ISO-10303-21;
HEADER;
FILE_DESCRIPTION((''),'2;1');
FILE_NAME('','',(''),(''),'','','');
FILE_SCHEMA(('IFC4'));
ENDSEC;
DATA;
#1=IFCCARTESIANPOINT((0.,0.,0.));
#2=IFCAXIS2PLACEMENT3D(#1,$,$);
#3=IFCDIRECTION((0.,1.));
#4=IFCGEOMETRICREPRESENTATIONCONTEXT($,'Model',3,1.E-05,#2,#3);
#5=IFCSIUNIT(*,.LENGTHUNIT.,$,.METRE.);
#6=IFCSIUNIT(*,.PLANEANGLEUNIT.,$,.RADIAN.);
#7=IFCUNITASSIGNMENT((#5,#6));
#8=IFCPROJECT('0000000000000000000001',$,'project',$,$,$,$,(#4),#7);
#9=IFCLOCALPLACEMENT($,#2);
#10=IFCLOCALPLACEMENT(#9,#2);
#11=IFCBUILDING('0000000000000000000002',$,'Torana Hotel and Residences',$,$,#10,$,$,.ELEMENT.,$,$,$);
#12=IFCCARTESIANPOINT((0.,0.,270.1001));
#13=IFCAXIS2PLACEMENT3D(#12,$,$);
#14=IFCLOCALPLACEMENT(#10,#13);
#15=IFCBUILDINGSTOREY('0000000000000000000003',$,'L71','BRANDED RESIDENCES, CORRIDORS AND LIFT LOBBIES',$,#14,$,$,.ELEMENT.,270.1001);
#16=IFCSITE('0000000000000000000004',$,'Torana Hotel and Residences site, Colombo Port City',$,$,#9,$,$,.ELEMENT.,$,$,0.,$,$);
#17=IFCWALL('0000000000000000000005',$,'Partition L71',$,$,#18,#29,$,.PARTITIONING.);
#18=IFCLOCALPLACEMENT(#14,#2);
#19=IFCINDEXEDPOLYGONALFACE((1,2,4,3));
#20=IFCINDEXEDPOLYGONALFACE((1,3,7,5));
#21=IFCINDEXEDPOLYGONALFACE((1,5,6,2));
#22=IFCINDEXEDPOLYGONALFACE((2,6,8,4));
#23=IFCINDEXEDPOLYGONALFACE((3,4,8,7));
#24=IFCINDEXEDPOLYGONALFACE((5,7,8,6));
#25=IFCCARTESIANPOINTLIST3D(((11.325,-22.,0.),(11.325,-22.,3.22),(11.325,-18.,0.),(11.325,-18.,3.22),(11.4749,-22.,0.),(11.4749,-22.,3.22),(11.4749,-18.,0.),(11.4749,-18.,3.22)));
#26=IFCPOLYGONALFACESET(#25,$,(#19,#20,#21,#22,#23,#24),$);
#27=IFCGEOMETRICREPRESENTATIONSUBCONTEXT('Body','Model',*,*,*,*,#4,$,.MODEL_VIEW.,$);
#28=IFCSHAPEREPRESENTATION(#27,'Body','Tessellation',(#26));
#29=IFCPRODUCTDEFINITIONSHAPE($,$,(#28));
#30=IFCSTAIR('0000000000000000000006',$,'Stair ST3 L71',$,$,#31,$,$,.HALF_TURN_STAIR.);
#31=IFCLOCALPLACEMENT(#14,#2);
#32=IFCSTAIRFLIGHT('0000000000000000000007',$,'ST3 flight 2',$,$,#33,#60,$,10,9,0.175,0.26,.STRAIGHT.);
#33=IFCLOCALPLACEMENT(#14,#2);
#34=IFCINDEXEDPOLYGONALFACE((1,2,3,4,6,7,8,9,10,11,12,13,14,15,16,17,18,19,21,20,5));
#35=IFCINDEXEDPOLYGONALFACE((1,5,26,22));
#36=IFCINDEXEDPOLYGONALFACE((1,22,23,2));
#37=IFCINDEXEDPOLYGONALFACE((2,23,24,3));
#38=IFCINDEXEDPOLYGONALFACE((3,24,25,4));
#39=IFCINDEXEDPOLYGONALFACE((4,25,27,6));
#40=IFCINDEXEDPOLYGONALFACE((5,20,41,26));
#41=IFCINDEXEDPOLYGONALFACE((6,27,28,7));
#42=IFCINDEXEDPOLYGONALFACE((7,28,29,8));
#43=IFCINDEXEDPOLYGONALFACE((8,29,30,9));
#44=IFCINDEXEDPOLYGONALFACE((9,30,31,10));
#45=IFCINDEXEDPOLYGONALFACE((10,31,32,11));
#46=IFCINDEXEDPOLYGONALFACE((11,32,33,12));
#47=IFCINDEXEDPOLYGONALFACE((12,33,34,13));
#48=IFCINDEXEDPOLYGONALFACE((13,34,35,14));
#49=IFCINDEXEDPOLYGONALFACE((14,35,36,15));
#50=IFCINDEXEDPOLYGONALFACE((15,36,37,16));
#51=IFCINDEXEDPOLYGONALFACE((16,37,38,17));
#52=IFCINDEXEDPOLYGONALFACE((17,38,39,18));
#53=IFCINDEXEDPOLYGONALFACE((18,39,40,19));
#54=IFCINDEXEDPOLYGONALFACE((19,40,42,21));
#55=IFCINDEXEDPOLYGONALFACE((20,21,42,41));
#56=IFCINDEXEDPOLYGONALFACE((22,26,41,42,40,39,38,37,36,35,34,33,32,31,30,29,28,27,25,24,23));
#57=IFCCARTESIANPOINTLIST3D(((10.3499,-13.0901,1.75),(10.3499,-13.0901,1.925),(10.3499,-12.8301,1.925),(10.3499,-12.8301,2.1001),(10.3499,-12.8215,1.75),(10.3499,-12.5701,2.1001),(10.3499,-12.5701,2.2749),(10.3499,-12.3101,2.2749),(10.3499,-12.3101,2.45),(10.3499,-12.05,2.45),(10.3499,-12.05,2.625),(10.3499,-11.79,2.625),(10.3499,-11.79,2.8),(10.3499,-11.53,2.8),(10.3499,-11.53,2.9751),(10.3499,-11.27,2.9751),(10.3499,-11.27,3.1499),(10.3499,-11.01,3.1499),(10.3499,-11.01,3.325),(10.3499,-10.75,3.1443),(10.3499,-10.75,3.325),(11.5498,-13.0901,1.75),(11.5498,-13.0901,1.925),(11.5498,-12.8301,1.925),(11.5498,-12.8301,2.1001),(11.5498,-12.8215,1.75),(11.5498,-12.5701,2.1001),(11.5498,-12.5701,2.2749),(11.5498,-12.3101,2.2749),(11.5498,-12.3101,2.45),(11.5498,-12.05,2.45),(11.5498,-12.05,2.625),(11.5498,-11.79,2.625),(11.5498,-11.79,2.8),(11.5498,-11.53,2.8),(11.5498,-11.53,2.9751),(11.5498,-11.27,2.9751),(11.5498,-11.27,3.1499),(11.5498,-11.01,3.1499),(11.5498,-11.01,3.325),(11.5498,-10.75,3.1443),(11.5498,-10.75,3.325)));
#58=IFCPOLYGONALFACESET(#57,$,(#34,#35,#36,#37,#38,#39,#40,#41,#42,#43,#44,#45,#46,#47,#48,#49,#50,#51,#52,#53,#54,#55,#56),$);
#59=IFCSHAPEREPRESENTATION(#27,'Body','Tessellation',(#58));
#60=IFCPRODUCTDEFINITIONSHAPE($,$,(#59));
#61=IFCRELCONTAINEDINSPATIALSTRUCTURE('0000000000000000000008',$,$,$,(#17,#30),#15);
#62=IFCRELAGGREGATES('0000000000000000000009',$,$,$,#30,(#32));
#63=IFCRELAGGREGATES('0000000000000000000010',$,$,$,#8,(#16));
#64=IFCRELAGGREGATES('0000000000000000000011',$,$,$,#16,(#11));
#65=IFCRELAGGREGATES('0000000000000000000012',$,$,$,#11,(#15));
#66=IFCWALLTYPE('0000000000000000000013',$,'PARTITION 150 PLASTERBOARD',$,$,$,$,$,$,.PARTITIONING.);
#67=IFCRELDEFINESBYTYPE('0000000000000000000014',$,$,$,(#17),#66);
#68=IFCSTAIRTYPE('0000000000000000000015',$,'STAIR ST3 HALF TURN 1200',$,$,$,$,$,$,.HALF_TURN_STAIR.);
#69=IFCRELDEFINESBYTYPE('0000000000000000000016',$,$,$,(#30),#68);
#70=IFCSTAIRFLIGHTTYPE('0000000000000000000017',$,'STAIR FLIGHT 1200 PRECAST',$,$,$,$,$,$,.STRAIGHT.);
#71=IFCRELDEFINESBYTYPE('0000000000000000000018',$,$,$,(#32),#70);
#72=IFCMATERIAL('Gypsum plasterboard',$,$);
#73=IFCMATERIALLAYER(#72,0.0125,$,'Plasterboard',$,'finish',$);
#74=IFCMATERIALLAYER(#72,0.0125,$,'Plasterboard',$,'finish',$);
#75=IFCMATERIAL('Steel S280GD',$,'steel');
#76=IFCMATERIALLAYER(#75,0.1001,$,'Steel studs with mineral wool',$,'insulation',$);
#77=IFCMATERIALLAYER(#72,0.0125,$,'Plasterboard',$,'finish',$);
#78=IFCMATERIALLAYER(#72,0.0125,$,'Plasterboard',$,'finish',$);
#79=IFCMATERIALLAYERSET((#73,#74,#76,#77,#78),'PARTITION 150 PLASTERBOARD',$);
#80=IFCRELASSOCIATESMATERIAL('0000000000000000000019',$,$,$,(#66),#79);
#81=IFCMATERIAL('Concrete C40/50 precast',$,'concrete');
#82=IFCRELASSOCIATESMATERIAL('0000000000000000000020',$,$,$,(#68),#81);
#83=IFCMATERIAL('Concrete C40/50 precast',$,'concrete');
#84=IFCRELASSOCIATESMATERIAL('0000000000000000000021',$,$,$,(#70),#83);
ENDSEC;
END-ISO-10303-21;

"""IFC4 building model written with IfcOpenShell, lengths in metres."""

from ifc_helpers import new_model, si_unit, direction, frame, frame_2d, origin, place, context, subcontext, project, spatial, polyline, rectangle, outline, extrude, material, layer, layer_set, type_object, element, aggregate, save


model = new_model("IFC4")

# Units and contexts
model_context = context("Model", 3, precision=1e-05, world=origin(), true_north=direction((0.0, 1.0)))
body_context = subcontext(model_context, "Body", "Model", "MODEL_VIEW")
ifc_project = project(units=[si_unit("LENGTHUNIT", "METRE"), si_unit("PLANEANGLEUNIT", "RADIAN")], contexts=[model_context])

# Site, building, storey
site_placement = place(None, origin())
site = spatial("IfcSite", under=ifc_project, at=site_placement, Name="Torana Hotel and Residences site, Colombo Port City", CompositionType="ELEMENT", RefElevation=0.0)
building_placement = place(site_placement, origin())
building = spatial("IfcBuilding", under=site, at=building_placement, Name="Torana Hotel and Residences", CompositionType="ELEMENT")
storey_placement = place(building_placement, frame((0.0, 0.0, 270.1001)))
storey = spatial("IfcBuildingStorey", under=building, at=storey_placement, Name="L71", Description="BRANDED RESIDENCES, CORRIDORS AND LIFT LOBBIES", CompositionType="ELEMENT", Elevation=270.1001)

# Wall
ifc_material_1 = material(Name="Gypsum plasterboard")
ifc_layer_1 = layer(ifc_material_1, 0.0125, Name="Plasterboard", Category="finish")
ifc_layer_2 = layer(ifc_material_1, 0.0125, Name="Plasterboard", Category="finish")
ifc_material_2 = material(Name="Steel S280GD", Category="steel")
ifc_layer_3 = layer(ifc_material_2, 0.1001, Name="Steel studs with mineral wool", Category="insulation")
ifc_layer_4 = layer(ifc_material_1, 0.0125, Name="Plasterboard", Category="finish")
ifc_layer_5 = layer(ifc_material_1, 0.0125, Name="Plasterboard", Category="finish")
ifc_layer_set_1 = layer_set([ifc_layer_1, ifc_layer_2, ifc_layer_3, ifc_layer_4, ifc_layer_5], Name="PARTITION 150 PLASTERBOARD")
wall_type_1 = type_object("IfcWallType", Name="PARTITION 150 PLASTERBOARD", PredefinedType="PARTITIONING", material=ifc_layer_set_1)
wall_1_placement = place(storey_placement, frame((11.3999, -22.0, 0.0), z_axis=(0.0, 0.0, 1.0), x_axis=(0.0, 1.0, 0.0)))
element("IfcWall", 1, at=wall_1_placement, inside=storey, type_object=wall_type_1, Name="Partition L71", PredefinedType="PARTITIONING", context=body_context, shape_type="SweptSolid", body=[
    extrude(rectangle(XDim=4.0, YDim=0.1499, at=frame_2d((2.0, 0.0))), origin(), (0.0, 0.0, 1.0), 3.22),
])

# Stair, stair flight
ifc_material_3 = material(Name="Concrete C40/50 precast", Category="concrete")
stair_type = type_object("IfcStairType", Name="STAIR ST3 HALF TURN 1200", PredefinedType="HALF_TURN_STAIR", material=ifc_material_3)
stair_placement = place(storey_placement, origin())
stair = element("IfcStair", 2, at=stair_placement, inside=storey, type_object=stair_type, Name="Stair ST3 L71", PredefinedType="HALF_TURN_STAIR")
ifc_material_4 = material(Name="Concrete C40/50 precast", Category="concrete")
stair_flight_type = type_object("IfcStairFlightType", Name="STAIR FLIGHT 1200 PRECAST", PredefinedType="STRAIGHT", material=ifc_material_4)
stair_flight_placement = place(storey_placement, frame((10.95, -13.0901, 1.75), z_axis=(0.0, 0.0, 1.0), x_axis=(0.0, 1.0, 0.0)))
stair_flight = element("IfcStairFlight", 3, at=stair_flight_placement, type_object=stair_flight_type, Name="ST3 flight 2", NumberOfRisers=10, NumberOfTreads=9, PredefinedType="STRAIGHT", RiserHeight=0.175, TreadLength=0.26, context=body_context, shape_type="SweptSolid", body=[
    extrude(outline(polyline([(0.0, 0.0), (0.0, 0.175), (0.26, 0.175), (0.26, 0.3501), (0.52, 0.3501), (0.52, 0.5249), (0.78, 0.5249), (0.78, 0.7), (1.04, 0.7), (1.04, 0.875), (1.3, 0.875), (1.3, 1.05), (1.5601, 1.05), (1.5601, 1.2251), (1.8201, 1.2251), (1.8201, 1.3999), (2.0801, 1.3999), (2.0801, 1.575), (2.3401, 1.575), (2.3401, 1.75), (2.3401, 1.3943), (0.2686, 0.0), (0.0, 0.0)])), frame((0.0, 0.6001, 0.0), z_axis=(0.0, -1.0, 0.0), x_axis=(1.0, 0.0, 0.0)), (0.0, 0.0, 1.0), 1.2),
])
aggregate(stair, [stair_flight])

save(model, "model.ifc")
